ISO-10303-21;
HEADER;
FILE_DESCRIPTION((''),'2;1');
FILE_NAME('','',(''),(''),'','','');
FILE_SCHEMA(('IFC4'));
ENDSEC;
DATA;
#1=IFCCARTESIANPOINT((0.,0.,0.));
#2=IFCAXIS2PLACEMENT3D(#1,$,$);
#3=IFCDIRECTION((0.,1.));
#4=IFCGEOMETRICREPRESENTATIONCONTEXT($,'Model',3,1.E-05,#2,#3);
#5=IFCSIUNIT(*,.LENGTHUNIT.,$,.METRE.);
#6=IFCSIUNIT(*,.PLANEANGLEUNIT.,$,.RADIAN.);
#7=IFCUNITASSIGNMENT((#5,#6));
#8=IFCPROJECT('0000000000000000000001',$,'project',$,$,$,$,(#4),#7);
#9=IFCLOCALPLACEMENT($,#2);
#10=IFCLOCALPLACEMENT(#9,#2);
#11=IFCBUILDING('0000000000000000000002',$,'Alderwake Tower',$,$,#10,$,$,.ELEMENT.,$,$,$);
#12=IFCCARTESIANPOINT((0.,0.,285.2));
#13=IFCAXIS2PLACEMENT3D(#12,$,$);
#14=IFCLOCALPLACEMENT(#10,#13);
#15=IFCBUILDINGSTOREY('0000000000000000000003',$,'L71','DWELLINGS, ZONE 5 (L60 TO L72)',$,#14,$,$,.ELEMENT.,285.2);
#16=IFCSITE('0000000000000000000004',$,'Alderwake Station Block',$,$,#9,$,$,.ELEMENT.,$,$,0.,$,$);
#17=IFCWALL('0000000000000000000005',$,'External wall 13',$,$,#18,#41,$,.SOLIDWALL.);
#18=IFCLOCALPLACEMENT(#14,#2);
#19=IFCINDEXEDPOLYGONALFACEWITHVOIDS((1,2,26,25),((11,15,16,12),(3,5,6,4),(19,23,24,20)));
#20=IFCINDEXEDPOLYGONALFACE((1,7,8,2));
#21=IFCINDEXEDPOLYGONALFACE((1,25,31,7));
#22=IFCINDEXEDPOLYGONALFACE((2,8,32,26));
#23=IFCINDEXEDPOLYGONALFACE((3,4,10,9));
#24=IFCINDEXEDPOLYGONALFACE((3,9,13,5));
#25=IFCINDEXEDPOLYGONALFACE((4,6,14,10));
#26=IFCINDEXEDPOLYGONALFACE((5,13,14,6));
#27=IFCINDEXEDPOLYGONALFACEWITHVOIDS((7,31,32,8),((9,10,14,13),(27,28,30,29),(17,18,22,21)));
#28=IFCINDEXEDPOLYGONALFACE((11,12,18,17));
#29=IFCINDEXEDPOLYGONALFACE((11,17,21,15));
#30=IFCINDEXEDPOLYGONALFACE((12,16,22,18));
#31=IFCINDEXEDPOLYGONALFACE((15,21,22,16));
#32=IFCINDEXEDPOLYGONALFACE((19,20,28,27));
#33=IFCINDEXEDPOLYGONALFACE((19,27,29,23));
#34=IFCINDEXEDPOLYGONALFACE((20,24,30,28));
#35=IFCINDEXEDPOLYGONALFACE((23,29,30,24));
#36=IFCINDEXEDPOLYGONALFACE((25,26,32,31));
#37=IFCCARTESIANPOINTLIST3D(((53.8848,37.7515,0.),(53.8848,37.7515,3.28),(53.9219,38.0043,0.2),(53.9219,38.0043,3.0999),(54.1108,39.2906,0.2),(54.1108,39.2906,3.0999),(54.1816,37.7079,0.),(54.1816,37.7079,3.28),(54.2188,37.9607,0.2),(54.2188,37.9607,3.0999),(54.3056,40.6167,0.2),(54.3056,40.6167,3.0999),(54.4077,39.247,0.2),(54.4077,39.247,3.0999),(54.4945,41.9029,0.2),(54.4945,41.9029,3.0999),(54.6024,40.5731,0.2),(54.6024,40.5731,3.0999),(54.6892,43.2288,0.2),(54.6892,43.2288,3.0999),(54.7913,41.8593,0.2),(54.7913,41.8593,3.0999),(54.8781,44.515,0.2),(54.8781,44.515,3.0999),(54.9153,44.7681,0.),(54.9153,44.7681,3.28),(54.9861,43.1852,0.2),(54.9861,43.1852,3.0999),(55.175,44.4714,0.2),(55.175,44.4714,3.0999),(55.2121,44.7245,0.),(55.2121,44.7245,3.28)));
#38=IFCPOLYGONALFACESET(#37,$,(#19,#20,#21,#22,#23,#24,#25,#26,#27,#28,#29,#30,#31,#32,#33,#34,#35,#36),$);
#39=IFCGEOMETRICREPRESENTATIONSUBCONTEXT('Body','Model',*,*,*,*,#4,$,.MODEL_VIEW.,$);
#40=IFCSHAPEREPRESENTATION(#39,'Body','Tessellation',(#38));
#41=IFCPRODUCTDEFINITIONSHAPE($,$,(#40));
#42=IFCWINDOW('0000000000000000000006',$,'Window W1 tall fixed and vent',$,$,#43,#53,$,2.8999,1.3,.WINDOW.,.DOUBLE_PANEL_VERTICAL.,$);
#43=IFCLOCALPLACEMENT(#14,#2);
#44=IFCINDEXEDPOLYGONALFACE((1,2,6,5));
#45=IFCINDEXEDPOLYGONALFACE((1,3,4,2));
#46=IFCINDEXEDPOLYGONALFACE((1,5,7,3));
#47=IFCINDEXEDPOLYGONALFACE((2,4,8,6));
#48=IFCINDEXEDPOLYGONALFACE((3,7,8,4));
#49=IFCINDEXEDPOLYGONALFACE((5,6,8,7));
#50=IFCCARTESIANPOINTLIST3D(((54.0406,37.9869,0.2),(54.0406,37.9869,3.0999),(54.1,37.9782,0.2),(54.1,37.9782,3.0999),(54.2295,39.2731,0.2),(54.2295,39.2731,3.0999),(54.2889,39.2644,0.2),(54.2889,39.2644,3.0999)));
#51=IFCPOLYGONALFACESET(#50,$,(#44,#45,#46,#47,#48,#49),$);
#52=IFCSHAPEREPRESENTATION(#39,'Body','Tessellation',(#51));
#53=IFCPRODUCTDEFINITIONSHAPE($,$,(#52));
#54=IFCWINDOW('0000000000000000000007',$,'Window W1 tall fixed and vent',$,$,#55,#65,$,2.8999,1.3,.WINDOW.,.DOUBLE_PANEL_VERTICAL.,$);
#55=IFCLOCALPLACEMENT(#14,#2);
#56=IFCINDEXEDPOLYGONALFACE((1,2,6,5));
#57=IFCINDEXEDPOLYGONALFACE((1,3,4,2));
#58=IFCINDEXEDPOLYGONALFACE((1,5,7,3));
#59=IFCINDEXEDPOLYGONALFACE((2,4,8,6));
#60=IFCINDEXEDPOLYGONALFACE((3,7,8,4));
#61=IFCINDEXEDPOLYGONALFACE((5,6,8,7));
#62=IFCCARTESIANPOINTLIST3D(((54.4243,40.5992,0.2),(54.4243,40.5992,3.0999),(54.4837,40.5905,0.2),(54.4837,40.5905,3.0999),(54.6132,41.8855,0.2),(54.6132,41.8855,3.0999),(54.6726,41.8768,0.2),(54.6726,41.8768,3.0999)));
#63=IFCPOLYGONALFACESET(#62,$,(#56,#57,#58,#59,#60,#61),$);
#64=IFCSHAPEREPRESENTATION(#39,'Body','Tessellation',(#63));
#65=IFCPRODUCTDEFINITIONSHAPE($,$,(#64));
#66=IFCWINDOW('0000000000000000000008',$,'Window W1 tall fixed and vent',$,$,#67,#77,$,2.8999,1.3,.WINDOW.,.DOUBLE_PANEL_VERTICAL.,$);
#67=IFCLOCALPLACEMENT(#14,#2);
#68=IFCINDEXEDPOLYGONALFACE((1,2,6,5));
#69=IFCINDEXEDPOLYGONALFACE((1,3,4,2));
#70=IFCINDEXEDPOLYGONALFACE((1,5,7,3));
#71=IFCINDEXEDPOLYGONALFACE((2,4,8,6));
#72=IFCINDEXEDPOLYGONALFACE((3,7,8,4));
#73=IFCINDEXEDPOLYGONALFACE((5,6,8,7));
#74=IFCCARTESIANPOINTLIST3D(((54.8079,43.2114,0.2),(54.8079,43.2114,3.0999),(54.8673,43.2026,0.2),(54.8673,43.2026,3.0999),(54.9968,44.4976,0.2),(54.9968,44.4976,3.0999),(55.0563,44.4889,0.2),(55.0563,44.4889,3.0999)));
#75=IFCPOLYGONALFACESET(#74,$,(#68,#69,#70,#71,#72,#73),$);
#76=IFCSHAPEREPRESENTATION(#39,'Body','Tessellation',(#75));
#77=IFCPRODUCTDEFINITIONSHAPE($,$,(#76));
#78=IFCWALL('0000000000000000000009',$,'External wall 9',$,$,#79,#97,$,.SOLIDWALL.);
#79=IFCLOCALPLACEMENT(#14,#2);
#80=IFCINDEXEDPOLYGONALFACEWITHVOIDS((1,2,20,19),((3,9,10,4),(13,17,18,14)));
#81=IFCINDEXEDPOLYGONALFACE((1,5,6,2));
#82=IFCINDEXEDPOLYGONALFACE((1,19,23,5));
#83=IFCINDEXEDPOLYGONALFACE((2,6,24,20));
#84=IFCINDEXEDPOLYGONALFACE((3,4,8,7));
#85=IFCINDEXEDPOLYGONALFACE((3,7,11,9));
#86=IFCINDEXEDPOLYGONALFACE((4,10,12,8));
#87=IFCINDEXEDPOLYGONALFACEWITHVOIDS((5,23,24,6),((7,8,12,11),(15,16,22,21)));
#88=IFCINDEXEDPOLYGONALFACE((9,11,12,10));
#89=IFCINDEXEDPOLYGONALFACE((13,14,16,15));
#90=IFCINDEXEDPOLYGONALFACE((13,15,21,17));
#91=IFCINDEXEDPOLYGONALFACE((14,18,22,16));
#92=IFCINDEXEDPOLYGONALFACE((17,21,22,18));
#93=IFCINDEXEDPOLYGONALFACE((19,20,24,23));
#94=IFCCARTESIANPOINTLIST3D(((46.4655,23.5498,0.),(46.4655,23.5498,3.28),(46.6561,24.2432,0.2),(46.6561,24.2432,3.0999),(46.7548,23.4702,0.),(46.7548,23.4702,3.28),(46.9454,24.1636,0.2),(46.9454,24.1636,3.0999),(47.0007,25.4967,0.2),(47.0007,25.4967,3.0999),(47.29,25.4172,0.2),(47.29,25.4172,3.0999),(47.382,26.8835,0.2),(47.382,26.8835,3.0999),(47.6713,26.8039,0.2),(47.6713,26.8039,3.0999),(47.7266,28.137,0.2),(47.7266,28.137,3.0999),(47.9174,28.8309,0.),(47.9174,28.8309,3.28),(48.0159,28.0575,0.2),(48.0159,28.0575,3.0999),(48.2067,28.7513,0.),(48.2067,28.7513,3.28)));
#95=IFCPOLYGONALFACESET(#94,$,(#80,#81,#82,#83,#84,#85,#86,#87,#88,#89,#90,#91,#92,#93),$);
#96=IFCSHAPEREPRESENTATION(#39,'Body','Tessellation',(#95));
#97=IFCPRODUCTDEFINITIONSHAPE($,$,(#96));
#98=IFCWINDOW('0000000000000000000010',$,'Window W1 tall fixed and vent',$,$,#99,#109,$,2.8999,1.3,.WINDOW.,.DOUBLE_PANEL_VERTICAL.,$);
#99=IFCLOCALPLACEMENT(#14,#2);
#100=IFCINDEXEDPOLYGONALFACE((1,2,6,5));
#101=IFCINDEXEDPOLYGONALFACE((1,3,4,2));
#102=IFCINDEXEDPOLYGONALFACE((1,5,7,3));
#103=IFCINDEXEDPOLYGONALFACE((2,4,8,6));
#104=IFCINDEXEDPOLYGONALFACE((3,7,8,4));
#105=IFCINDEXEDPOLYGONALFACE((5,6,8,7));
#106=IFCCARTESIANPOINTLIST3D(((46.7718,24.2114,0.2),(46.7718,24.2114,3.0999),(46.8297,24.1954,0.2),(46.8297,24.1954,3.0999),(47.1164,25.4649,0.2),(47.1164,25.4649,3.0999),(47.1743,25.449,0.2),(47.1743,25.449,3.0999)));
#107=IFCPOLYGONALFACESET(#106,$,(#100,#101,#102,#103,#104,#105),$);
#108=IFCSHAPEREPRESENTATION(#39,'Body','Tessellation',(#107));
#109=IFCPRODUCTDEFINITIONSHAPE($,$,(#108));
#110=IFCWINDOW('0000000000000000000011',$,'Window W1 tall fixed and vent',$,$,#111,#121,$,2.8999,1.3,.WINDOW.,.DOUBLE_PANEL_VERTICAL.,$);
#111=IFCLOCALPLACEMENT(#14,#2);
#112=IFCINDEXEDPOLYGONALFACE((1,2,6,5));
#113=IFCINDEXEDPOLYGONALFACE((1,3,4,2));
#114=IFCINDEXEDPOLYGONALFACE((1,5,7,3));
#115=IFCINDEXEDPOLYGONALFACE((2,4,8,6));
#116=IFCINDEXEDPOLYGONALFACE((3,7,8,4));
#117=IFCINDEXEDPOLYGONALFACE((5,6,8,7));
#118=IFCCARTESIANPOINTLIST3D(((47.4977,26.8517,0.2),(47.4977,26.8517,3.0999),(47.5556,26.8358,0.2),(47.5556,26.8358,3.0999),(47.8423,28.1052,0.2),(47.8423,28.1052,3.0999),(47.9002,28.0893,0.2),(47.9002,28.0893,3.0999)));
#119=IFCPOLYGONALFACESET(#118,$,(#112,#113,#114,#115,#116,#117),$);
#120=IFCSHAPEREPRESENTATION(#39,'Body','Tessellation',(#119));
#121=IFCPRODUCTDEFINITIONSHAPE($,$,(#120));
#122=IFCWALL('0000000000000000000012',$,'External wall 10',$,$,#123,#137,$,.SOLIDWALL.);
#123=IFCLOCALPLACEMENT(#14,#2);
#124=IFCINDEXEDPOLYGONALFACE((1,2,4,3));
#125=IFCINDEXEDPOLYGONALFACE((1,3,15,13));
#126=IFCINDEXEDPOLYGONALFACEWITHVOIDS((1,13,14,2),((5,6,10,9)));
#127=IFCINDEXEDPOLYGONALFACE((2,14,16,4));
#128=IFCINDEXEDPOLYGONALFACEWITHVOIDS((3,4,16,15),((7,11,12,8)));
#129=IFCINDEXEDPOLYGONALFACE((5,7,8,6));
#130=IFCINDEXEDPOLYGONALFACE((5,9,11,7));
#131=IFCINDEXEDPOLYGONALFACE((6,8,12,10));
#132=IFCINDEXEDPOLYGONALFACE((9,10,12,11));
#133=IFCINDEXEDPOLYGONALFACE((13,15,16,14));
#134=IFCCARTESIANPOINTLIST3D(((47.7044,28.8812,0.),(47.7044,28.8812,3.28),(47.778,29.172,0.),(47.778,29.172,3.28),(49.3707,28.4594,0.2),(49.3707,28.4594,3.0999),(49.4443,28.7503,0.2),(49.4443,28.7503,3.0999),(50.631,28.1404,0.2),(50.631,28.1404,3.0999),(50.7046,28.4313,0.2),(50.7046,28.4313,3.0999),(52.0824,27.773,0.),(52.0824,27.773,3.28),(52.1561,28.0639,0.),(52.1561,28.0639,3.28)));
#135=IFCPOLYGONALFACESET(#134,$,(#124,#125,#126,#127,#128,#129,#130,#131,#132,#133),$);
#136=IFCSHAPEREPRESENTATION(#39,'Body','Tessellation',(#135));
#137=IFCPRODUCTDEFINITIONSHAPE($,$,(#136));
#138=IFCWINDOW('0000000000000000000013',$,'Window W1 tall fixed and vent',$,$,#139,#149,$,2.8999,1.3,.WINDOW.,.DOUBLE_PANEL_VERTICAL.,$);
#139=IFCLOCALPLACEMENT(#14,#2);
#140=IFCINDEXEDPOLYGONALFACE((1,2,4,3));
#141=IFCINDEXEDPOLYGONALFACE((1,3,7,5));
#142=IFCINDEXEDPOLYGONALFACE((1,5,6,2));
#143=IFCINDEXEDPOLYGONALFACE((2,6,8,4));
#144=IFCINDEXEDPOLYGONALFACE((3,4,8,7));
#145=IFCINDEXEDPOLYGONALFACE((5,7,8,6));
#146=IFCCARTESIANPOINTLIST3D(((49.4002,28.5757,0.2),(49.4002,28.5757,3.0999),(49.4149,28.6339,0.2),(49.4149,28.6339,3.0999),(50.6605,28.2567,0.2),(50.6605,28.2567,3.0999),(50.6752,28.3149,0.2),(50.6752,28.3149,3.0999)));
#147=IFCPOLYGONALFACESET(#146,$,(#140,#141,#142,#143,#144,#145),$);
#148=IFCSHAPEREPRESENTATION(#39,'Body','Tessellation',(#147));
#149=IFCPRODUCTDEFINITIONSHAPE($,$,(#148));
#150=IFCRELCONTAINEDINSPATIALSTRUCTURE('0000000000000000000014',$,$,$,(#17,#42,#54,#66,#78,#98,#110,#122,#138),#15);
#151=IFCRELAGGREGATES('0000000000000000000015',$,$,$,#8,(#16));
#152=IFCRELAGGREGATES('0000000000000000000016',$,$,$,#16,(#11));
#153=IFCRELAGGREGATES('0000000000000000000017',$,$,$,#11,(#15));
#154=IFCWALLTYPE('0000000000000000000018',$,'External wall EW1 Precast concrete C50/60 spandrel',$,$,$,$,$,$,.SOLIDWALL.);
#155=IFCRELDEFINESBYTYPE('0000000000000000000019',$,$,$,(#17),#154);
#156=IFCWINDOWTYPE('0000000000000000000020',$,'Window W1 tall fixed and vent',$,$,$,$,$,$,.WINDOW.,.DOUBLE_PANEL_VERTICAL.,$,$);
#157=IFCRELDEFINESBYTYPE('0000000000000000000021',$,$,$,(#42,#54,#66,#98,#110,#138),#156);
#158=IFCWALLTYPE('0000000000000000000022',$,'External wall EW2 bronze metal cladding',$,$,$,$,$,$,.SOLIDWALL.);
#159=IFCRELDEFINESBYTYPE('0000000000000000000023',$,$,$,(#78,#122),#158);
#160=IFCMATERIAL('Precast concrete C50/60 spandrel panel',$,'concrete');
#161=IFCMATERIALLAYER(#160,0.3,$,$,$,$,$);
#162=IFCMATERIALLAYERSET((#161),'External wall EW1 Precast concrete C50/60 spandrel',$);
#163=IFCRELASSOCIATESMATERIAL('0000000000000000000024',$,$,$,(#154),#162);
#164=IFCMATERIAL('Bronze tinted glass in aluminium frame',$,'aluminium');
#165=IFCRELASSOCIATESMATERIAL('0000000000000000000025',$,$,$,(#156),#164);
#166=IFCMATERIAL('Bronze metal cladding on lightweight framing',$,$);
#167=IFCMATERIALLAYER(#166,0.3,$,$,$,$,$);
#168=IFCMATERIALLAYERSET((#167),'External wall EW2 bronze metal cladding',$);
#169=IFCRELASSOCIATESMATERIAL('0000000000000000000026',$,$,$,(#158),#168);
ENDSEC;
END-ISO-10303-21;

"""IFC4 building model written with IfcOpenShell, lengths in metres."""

from ifc_helpers import new_model, si_unit, direction, frame, frame_2d, origin, place, context, subcontext, project, spatial, rectangle, extrude, material, layer, layer_set, type_object, element, fill, save


model = new_model("IFC4")

# Units and contexts
model_context = context("Model", 3, precision=1e-05, world=origin(), true_north=direction((0.0, 1.0)))
body_context = subcontext(model_context, "Body", "Model", "MODEL_VIEW")
ifc_project = project(units=[si_unit("LENGTHUNIT", "METRE"), si_unit("PLANEANGLEUNIT", "RADIAN")], contexts=[model_context])

# Site, building, storey
site_placement = place(None, origin())
site = spatial("IfcSite", under=ifc_project, at=site_placement, Name="Alderwake Station Block", CompositionType="ELEMENT", RefElevation=0.0)
building_placement = place(site_placement, origin())
building = spatial("IfcBuilding", under=site, at=building_placement, Name="Alderwake Tower", CompositionType="ELEMENT")
storey_placement = place(building_placement, frame((0.0, 0.0, 285.2)))
storey = spatial("IfcBuildingStorey", under=building, at=storey_placement, Name="L71", Description="DWELLINGS, ZONE 5 (L60 TO L72)", CompositionType="ELEMENT", Elevation=285.2)

# Shared definitions
ifc_material_1 = material(Name="Precast concrete C50/60 spandrel panel", Category="concrete")
ifc_layer_1 = layer(ifc_material_1, 0.3)
ifc_layer_set_1 = layer_set([ifc_layer_1], Name="External wall EW1 Precast concrete C50/60 spandrel")
wall_type_1 = type_object("IfcWallType", Name="External wall EW1 Precast concrete C50/60 spandrel", PredefinedType="SOLIDWALL", material=ifc_layer_set_1)

# Shared definitions
ifc_material_2 = material(Name="Bronze tinted glass in aluminium frame", Category="aluminium")
window_type = type_object("IfcWindowType", Name="Window W1 tall fixed and vent", PartitioningType="DOUBLE_PANEL_VERTICAL", PredefinedType="WINDOW", material=ifc_material_2)

# Walls, openings, windows
wall_1_placement = place(storey_placement, frame((54.0332, 37.7297, 0.0), z_axis=(0.0, 0.0, 1.0), x_axis=(0.14531, 0.989386, 0.0)))
wall_1 = element("IfcWall", 1, at=wall_1_placement, inside=storey, type_object=wall_type_1, Name="External wall 13", PredefinedType="SOLIDWALL", context=body_context, shape_type="SweptSolid", body=[
    extrude(rectangle(XDim=7.0918, YDim=0.3, at=frame_2d((3.5459, 0.0))), origin(), (0.0, 0.0, 1.0), 3.28),
])
opening_1_placement = place(wall_1_placement, frame((0.2556, 0.0, 0.2)))
opening_1 = element("IfcOpeningElement", 2, at=opening_1_placement, cuts=wall_1, PredefinedType="OPENING", context=body_context, shape_type="SweptSolid", body=[
    extrude(rectangle(XDim=1.3, YDim=2.8999, at=frame_2d((0.6499, 1.45))), frame((0.0, 0.1599, 0.0), z_axis=(0.0, -1.0, 0.0), x_axis=(1.0, 0.0, 0.0)), (0.0, 0.0, 1.0), 0.3201),
])
opening_2_placement = place(wall_1_placement, frame((2.896, 0.0, 0.2)))
opening_2 = element("IfcOpeningElement", 3, at=opening_2_placement, cuts=wall_1, PredefinedType="OPENING", context=body_context, shape_type="SweptSolid", body=[
    extrude(rectangle(XDim=1.3, YDim=2.8999, at=frame_2d((0.6499, 1.45))), frame((0.0, 0.1599, 0.0), z_axis=(0.0, -1.0, 0.0), x_axis=(1.0, 0.0, 0.0)), (0.0, 0.0, 1.0), 0.3201),
])
opening_3_placement = place(wall_1_placement, frame((5.5361, 0.0, 0.2)))
opening_3 = element("IfcOpeningElement", 4, at=opening_3_placement, cuts=wall_1, PredefinedType="OPENING", context=body_context, shape_type="SweptSolid", body=[
    extrude(rectangle(XDim=1.3, YDim=2.8999, at=frame_2d((0.6499, 1.45))), frame((0.0, 0.1599, 0.0), z_axis=(0.0, -1.0, 0.0), x_axis=(1.0, 0.0, 0.0)), (0.0, 0.0, 1.0), 0.3201),
])
window_1_placement = place(opening_1_placement, origin())
window_1 = element("IfcWindow", 5, at=window_1_placement, inside=storey, type_object=window_type, Name="Window W1 tall fixed and vent", OverallHeight=2.8999, OverallWidth=1.3, PartitioningType="DOUBLE_PANEL_VERTICAL", PredefinedType="WINDOW", context=body_context, shape_type="SweptSolid", body=[
    extrude(rectangle(XDim=1.3, YDim=2.8999, at=frame_2d((0.6499, 1.45))), frame((0.0, 0.03, 0.0), z_axis=(0.0, -1.0, 0.0), x_axis=(1.0, 0.0, 0.0)), (0.0, 0.0, 1.0), 0.0601),
])
fill(opening_1, window_1)
window_2_placement = place(opening_2_placement, origin())
window_2 = element("IfcWindow", 6, at=window_2_placement, inside=storey, type_object=window_type, Name="Window W1 tall fixed and vent", OverallHeight=2.8999, OverallWidth=1.3, PartitioningType="DOUBLE_PANEL_VERTICAL", PredefinedType="WINDOW", context=body_context, shape_type="SweptSolid", body=[
    extrude(rectangle(XDim=1.3, YDim=2.8999, at=frame_2d((0.6499, 1.45))), frame((0.0, 0.03, 0.0), z_axis=(0.0, -1.0, 0.0), x_axis=(1.0, 0.0, 0.0)), (0.0, 0.0, 1.0), 0.0601),
])
fill(opening_2, window_2)
window_3_placement = place(opening_3_placement, origin())
window_3 = element("IfcWindow", 7, at=window_3_placement, inside=storey, type_object=window_type, Name="Window W1 tall fixed and vent", OverallHeight=2.8999, OverallWidth=1.3, PartitioningType="DOUBLE_PANEL_VERTICAL", PredefinedType="WINDOW", context=body_context, shape_type="SweptSolid", body=[
    extrude(rectangle(XDim=1.3, YDim=2.8999, at=frame_2d((0.6499, 1.45))), frame((0.0, 0.03, 0.0), z_axis=(0.0, -1.0, 0.0), x_axis=(1.0, 0.0, 0.0)), (0.0, 0.0, 1.0), 0.0601),
])
fill(opening_3, window_3)
ifc_material_3 = material(Name="Bronze metal cladding on lightweight framing")
ifc_layer_2 = layer(ifc_material_3, 0.3)
ifc_layer_set_2 = layer_set([ifc_layer_2], Name="External wall EW2 bronze metal cladding")
wall_type_2 = type_object("IfcWallType", Name="External wall EW2 bronze metal cladding", PredefinedType="SOLIDWALL", material=ifc_layer_set_2)
wall_2_placement = place(storey_placement, frame((46.6101, 23.51, 0.0), z_axis=(0.0, 0.0, 1.0), x_axis=(0.265093, 0.964223, 0.0)))
wall_2 = element("IfcWall", 8, at=wall_2_placement, inside=storey, type_object=wall_type_2, Name="External wall 9", PredefinedType="SOLIDWALL", context=body_context, shape_type="SweptSolid", body=[
    extrude(rectangle(XDim=5.4771, YDim=0.3, at=frame_2d((2.7385, 0.0))), origin(), (0.0, 0.0, 1.0), 3.28),
])
opening_4_placement = place(wall_2_placement, frame((0.7192, 0.0, 0.2)))
opening_4 = element("IfcOpeningElement", 9, at=opening_4_placement, cuts=wall_2, PredefinedType="OPENING", context=body_context, shape_type="SweptSolid", body=[
    extrude(rectangle(XDim=1.3, YDim=2.8999, at=frame_2d((0.6499, 1.45))), frame((0.0, 0.1599, 0.0), z_axis=(0.0, -1.0, 0.0), x_axis=(1.0, 0.0, 0.0)), (0.0, 0.0, 1.0), 0.3201),
])
opening_5_placement = place(wall_2_placement, frame((3.4575, 0.0, 0.2)))
opening_5 = element("IfcOpeningElement", 10, at=opening_5_placement, cuts=wall_2, PredefinedType="OPENING", context=body_context, shape_type="SweptSolid", body=[
    extrude(rectangle(XDim=1.3, YDim=2.8999, at=frame_2d((0.6499, 1.45))), frame((0.0, 0.1599, 0.0), z_axis=(0.0, -1.0, 0.0), x_axis=(1.0, 0.0, 0.0)), (0.0, 0.0, 1.0), 0.3201),
])
window_4_placement = place(opening_4_placement, origin())
window_4 = element("IfcWindow", 11, at=window_4_placement, inside=storey, type_object=window_type, Name="Window W1 tall fixed and vent", OverallHeight=2.8999, OverallWidth=1.3, PartitioningType="DOUBLE_PANEL_VERTICAL", PredefinedType="WINDOW", context=body_context, shape_type="SweptSolid", body=[
    extrude(rectangle(XDim=1.3, YDim=2.8999, at=frame_2d((0.6499, 1.45))), frame((0.0, 0.03, 0.0), z_axis=(0.0, -1.0, 0.0), x_axis=(1.0, 0.0, 0.0)), (0.0, 0.0, 1.0), 0.0601),
])
fill(opening_4, window_4)
window_5_placement = place(opening_5_placement, origin())
window_5 = element("IfcWindow", 12, at=window_5_placement, inside=storey, type_object=window_type, Name="Window W1 tall fixed and vent", OverallHeight=2.8999, OverallWidth=1.3, PartitioningType="DOUBLE_PANEL_VERTICAL", PredefinedType="WINDOW", context=body_context, shape_type="SweptSolid", body=[
    extrude(rectangle(XDim=1.3, YDim=2.8999, at=frame_2d((0.6499, 1.45))), frame((0.0, 0.03, 0.0), z_axis=(0.0, -1.0, 0.0), x_axis=(1.0, 0.0, 0.0)), (0.0, 0.0, 1.0), 0.0601),
])
fill(opening_5, window_5)

# Wall, opening, window
wall_3_placement = place(storey_placement, frame((47.7412, 29.0266, 0.0), z_axis=(0.0, 0.0, 1.0), x_axis=(0.969426, -0.245384, 0.0)))
wall_3 = element("IfcWall", 13, at=wall_3_placement, inside=storey, type_object=wall_type_2, Name="External wall 10", PredefinedType="SOLIDWALL", context=body_context, shape_type="SweptSolid", body=[
    extrude(rectangle(XDim=4.5161, YDim=0.3, at=frame_2d((2.2581, 0.0))), origin(), (0.0, 0.0, 1.0), 3.28),
])
opening_6_placement = place(wall_3_placement, frame((1.719, 0.0, 0.2)))
opening_6 = element("IfcOpeningElement", 14, at=opening_6_placement, cuts=wall_3, PredefinedType="OPENING", context=body_context, shape_type="SweptSolid", body=[
    extrude(rectangle(XDim=1.3, YDim=2.8999, at=frame_2d((0.6499, 1.45))), frame((0.0, 0.1599, 0.0), z_axis=(0.0, -1.0, 0.0), x_axis=(1.0, 0.0, 0.0)), (0.0, 0.0, 1.0), 0.3201),
])
window_6_placement = place(opening_6_placement, origin())
window_6 = element("IfcWindow", 15, at=window_6_placement, inside=storey, type_object=window_type, Name="Window W1 tall fixed and vent", OverallHeight=2.8999, OverallWidth=1.3, PartitioningType="DOUBLE_PANEL_VERTICAL", PredefinedType="WINDOW", context=body_context, shape_type="SweptSolid", body=[
    extrude(rectangle(XDim=1.3, YDim=2.8999, at=frame_2d((0.6499, 1.45))), frame((0.0, 0.03, 0.0), z_axis=(0.0, -1.0, 0.0), x_axis=(1.0, 0.0, 0.0)), (0.0, 0.0, 1.0), 0.0601),
])
fill(opening_6, window_6)

save(model, "model.ifc")
